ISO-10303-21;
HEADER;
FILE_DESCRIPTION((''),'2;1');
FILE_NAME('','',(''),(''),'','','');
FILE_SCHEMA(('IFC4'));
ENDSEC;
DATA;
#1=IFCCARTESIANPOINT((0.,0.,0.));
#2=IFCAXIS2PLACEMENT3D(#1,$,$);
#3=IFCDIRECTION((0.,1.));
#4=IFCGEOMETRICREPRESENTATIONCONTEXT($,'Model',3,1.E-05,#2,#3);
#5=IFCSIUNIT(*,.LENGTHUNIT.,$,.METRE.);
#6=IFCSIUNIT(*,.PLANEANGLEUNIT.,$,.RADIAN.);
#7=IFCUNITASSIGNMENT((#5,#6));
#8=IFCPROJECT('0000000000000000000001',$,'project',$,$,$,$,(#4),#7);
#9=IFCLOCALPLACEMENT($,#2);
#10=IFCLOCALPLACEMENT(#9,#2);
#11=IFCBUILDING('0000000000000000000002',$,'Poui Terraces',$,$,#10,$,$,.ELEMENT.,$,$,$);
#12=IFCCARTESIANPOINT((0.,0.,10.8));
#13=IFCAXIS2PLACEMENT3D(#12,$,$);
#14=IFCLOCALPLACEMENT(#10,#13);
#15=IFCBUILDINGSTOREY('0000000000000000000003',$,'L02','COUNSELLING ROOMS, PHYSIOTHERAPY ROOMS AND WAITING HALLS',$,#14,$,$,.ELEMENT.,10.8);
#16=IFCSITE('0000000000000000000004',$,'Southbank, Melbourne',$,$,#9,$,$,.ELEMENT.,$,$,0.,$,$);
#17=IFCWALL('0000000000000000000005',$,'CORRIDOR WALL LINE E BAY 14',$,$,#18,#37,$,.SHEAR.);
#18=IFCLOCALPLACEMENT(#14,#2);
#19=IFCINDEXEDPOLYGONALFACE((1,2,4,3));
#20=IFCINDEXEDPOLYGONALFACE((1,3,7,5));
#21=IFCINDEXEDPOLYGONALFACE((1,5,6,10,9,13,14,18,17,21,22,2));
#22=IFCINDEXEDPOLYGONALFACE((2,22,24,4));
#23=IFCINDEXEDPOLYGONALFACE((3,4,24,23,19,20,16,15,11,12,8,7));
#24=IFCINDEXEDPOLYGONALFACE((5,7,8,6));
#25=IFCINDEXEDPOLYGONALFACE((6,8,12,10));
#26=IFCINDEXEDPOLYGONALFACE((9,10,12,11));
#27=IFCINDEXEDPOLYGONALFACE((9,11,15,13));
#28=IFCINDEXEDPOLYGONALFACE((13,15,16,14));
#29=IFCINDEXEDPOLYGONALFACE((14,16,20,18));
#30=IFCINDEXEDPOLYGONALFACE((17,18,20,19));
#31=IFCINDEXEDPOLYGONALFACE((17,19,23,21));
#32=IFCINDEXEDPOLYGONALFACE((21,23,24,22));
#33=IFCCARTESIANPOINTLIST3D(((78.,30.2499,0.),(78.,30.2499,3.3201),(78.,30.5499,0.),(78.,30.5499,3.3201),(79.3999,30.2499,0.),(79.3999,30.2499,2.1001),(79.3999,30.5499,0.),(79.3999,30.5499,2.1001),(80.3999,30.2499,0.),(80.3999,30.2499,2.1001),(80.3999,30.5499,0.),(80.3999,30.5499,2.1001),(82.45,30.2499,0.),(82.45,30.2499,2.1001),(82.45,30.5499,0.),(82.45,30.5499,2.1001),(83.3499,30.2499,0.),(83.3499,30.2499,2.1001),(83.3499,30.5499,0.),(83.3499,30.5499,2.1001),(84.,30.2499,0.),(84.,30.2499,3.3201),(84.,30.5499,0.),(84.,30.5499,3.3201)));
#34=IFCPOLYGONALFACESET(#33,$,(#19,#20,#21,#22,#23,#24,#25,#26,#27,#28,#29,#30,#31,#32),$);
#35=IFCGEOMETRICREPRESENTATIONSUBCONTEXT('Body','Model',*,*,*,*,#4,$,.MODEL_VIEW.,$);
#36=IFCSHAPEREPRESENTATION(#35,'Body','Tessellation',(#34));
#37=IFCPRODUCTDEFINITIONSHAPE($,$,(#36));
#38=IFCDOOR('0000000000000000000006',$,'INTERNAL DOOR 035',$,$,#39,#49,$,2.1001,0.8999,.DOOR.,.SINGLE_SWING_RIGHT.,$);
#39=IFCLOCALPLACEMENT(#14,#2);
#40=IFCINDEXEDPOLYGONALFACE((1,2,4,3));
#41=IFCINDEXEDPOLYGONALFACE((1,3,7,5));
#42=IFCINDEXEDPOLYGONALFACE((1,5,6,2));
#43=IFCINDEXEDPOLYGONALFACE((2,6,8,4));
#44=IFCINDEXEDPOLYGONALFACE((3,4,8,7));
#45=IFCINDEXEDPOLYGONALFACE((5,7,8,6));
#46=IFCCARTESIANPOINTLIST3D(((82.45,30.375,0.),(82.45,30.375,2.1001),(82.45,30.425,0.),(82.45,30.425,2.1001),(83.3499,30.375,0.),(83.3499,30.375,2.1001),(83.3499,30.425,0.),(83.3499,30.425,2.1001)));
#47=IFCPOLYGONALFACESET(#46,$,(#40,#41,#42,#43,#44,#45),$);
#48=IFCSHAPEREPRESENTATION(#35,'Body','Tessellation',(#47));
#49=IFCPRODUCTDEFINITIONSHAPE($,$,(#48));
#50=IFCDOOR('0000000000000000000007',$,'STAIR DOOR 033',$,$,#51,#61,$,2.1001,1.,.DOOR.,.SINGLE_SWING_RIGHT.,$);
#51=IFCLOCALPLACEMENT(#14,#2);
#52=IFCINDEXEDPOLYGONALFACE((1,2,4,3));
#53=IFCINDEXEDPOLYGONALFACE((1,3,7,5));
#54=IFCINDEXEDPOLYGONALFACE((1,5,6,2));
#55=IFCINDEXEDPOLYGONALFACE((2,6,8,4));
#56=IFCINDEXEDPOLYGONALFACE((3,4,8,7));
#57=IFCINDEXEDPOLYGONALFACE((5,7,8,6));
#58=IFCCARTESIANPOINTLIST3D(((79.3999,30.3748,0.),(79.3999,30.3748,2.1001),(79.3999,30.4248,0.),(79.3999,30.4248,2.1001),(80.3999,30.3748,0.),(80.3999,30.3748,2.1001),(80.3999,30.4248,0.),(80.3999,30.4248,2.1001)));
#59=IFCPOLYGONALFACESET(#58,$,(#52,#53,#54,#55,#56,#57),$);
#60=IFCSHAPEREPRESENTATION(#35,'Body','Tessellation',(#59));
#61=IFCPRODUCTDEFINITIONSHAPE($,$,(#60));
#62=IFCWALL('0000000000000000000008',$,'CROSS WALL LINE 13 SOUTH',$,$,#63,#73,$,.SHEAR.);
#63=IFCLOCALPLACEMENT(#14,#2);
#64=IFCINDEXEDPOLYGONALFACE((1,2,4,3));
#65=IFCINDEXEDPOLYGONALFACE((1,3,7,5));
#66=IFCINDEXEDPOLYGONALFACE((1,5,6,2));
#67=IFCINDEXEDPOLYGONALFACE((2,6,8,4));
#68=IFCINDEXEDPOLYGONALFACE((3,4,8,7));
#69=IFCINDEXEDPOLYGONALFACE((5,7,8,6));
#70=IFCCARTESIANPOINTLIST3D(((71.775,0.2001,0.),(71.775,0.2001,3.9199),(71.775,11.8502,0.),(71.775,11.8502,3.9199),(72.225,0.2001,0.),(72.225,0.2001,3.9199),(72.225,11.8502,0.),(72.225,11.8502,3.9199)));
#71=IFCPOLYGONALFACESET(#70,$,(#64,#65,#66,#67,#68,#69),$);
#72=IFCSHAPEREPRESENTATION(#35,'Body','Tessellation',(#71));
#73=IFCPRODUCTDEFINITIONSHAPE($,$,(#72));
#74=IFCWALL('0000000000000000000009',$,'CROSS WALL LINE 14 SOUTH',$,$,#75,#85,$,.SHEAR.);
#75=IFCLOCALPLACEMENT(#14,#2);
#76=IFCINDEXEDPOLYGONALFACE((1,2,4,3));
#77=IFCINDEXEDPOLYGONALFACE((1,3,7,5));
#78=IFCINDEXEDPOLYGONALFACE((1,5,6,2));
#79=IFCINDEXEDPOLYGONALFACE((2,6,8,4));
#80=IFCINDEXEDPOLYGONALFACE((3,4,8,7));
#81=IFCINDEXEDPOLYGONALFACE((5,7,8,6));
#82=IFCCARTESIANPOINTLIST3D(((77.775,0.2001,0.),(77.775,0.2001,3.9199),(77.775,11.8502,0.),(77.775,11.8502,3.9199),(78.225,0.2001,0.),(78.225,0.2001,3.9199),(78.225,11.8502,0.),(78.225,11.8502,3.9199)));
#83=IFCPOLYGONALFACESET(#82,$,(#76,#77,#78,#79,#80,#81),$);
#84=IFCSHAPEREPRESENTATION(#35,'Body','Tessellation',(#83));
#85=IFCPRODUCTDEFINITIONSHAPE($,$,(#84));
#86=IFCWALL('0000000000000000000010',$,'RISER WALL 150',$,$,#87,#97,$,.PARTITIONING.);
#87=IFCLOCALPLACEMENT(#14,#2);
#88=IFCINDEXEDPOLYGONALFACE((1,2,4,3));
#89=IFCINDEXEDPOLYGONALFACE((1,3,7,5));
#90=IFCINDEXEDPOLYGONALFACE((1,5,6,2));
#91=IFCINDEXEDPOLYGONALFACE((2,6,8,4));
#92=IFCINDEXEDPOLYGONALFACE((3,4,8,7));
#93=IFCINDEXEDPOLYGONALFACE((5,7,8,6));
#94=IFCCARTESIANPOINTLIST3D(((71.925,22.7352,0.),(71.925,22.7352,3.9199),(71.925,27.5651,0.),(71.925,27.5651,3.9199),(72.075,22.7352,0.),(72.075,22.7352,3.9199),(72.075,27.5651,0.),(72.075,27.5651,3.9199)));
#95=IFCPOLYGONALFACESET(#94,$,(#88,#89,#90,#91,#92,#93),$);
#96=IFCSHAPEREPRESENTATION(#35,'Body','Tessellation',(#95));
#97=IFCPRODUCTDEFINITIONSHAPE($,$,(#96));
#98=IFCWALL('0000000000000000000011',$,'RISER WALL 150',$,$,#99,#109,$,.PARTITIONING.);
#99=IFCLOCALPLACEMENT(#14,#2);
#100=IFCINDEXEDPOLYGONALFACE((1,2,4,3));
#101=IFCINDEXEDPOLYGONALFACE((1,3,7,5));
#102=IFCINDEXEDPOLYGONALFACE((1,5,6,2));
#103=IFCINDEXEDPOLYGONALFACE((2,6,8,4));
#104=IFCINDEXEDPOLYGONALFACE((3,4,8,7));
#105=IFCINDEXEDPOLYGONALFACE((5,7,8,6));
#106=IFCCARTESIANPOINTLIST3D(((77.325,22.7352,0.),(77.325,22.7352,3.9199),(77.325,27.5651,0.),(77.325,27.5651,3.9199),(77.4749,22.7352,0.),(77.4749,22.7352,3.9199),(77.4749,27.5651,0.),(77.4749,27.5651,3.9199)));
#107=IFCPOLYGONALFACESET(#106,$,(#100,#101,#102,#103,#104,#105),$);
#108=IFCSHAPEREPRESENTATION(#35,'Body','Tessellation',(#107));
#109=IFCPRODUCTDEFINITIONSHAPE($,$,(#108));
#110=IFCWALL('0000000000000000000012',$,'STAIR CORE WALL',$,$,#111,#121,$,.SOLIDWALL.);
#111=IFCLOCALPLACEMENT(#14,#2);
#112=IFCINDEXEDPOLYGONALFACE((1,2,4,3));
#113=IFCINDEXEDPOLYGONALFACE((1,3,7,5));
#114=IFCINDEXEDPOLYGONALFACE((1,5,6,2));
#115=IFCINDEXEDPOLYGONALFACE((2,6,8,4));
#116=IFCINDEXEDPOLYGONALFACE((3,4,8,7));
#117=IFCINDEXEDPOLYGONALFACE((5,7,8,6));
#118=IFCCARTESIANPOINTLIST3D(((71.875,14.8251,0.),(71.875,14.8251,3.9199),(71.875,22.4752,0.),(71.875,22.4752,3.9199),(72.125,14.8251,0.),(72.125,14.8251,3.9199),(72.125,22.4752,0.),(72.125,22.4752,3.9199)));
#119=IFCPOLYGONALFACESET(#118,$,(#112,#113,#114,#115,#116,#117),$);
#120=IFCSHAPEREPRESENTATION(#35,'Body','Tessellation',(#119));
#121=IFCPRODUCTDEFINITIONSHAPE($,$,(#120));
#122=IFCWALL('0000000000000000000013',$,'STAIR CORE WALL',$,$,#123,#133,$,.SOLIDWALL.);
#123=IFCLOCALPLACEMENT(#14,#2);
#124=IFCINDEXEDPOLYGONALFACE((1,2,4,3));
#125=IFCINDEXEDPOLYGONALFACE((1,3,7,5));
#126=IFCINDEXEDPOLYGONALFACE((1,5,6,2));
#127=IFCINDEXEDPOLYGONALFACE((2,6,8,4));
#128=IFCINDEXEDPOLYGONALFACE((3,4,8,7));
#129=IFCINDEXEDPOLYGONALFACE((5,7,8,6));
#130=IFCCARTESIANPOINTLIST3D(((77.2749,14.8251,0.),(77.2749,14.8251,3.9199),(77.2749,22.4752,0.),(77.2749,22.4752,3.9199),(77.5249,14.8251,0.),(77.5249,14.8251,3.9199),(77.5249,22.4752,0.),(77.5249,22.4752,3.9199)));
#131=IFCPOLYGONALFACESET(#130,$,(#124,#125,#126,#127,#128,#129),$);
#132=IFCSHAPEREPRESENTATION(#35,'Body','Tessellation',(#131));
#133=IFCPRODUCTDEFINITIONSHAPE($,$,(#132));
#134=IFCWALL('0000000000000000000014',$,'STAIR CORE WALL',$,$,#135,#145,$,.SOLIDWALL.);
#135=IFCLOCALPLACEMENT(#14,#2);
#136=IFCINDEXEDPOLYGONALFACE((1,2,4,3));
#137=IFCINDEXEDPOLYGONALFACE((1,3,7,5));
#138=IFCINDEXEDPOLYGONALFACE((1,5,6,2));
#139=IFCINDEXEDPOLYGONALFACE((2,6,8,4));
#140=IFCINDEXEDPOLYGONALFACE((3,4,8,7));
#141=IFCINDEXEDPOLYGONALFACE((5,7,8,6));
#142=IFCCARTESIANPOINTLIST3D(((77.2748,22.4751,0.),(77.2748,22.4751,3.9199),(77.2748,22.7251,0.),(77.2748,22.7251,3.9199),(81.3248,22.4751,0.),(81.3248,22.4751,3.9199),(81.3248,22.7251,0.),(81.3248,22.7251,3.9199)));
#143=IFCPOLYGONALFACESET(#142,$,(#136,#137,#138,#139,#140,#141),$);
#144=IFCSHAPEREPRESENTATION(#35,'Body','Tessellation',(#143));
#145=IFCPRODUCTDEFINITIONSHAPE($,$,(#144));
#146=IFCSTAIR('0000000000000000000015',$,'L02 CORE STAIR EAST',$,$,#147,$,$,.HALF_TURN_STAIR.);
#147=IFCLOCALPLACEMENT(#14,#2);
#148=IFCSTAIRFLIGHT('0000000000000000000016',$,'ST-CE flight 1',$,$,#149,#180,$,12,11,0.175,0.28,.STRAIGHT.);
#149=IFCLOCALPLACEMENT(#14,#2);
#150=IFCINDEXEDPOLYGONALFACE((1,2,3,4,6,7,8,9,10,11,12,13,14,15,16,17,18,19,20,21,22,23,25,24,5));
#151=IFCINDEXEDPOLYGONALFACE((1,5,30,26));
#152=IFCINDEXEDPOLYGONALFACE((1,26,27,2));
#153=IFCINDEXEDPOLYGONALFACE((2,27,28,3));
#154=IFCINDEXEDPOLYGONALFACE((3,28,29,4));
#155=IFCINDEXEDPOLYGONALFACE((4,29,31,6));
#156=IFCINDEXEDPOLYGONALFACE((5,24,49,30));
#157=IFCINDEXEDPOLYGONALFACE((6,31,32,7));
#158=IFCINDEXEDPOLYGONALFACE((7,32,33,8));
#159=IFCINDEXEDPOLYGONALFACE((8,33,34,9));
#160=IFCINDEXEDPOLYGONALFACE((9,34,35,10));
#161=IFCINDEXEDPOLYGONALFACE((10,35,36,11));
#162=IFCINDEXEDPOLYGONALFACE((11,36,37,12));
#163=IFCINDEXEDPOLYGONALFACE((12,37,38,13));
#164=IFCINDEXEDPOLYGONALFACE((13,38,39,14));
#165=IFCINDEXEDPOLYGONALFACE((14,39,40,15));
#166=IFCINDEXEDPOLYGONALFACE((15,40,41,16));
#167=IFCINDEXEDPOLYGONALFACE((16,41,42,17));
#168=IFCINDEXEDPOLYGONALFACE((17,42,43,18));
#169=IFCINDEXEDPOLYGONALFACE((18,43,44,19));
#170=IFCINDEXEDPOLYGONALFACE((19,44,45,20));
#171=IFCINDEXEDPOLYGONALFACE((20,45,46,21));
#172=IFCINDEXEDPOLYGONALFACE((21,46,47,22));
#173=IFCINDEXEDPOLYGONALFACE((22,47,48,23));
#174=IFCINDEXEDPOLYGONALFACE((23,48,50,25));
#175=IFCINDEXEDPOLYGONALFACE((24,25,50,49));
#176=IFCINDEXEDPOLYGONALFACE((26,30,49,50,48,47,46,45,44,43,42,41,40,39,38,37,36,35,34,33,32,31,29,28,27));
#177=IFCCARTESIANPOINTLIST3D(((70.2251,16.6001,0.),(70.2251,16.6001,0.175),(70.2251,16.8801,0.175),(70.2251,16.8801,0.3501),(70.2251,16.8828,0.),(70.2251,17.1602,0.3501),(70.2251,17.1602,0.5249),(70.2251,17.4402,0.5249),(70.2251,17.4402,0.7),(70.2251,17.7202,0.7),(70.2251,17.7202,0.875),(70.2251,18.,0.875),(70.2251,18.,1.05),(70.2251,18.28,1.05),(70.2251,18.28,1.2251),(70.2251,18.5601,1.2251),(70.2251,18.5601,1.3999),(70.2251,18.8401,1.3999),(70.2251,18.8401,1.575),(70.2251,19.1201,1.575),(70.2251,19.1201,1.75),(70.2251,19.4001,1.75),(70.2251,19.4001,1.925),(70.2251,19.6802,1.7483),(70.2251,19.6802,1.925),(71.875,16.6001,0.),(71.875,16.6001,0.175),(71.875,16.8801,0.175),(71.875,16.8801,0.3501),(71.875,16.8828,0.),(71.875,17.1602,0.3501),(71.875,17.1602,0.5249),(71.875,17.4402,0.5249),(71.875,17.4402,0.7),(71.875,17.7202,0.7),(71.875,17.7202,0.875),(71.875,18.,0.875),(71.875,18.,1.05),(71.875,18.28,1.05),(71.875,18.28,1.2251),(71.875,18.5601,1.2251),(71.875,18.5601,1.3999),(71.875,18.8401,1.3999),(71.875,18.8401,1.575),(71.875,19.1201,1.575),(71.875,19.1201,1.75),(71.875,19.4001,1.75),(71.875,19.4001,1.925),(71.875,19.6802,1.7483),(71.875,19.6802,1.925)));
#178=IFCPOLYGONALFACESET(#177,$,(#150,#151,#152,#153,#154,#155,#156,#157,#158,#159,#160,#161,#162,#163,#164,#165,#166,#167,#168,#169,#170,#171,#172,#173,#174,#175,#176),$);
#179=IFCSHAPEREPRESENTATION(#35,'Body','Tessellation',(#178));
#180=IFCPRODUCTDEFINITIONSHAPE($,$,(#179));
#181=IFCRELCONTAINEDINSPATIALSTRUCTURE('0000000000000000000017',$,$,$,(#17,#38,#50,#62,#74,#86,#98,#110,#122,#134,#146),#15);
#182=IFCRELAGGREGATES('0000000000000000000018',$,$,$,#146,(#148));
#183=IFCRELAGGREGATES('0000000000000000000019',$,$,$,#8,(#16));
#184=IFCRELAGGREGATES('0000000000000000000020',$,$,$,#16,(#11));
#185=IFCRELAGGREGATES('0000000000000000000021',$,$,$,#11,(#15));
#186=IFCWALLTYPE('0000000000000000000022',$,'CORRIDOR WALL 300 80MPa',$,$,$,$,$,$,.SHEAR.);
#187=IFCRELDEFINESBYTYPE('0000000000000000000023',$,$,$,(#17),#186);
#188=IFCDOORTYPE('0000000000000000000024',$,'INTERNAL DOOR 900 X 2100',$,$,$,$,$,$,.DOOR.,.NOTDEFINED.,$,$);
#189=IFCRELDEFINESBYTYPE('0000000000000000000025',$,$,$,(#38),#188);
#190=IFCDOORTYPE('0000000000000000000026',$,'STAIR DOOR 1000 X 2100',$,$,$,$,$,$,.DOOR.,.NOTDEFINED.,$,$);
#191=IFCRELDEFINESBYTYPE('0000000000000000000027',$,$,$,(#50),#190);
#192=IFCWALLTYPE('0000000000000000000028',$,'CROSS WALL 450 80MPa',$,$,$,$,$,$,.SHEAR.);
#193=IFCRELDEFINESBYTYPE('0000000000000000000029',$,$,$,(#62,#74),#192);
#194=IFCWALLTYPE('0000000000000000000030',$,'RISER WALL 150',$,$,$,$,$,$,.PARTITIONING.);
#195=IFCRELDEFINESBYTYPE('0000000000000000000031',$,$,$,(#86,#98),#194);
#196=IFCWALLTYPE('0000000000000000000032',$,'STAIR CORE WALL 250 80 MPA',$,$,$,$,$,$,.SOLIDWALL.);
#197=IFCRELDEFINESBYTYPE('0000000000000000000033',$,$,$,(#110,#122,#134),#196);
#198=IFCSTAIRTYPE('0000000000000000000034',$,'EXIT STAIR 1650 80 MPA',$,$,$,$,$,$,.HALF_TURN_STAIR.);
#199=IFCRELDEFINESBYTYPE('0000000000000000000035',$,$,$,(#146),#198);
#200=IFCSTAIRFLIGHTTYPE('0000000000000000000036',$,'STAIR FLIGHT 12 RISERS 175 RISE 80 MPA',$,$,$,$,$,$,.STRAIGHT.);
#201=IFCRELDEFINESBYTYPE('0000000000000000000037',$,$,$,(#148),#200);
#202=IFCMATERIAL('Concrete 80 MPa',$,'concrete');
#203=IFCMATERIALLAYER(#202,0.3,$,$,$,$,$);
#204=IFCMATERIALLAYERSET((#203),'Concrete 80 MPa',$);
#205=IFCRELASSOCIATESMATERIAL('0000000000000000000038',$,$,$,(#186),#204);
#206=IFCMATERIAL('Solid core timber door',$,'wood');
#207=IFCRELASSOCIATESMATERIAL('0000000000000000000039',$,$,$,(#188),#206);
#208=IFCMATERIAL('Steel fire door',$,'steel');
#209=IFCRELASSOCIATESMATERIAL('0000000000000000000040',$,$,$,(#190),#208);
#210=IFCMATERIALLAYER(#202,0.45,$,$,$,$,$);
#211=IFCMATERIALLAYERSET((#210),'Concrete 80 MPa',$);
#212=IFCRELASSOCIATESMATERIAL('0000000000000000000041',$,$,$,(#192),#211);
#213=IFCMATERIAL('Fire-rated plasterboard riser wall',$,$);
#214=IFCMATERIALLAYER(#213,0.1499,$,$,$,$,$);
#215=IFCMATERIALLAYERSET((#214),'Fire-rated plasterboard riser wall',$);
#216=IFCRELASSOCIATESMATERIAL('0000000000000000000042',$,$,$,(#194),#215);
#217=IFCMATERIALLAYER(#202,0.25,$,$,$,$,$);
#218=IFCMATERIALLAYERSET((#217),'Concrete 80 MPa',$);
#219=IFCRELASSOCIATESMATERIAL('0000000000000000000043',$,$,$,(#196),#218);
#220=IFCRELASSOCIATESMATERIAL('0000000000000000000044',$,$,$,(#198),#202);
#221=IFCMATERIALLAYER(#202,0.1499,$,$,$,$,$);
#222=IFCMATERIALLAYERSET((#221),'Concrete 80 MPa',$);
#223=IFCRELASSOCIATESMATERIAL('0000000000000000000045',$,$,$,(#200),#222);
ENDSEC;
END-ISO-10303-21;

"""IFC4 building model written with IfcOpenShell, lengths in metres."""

from ifc_helpers import new_model, si_unit, direction, frame, frame_2d, origin, place, context, subcontext, project, spatial, polyline, rectangle, outline, extrude, material, layer, layer_set, type_object, element, fill, aggregate, save


model = new_model("IFC4")

# Units and contexts
model_context = context("Model", 3, precision=1e-05, world=origin(), true_north=direction((0.0, 1.0)))
body_context = subcontext(model_context, "Body", "Model", "MODEL_VIEW")
ifc_project = project(units=[si_unit("LENGTHUNIT", "METRE"), si_unit("PLANEANGLEUNIT", "RADIAN")], contexts=[model_context])

# Site, building, storey
site_placement = place(None, origin())
site = spatial("IfcSite", under=ifc_project, at=site_placement, Name="Southbank, Melbourne", CompositionType="ELEMENT", RefElevation=0.0)
building_placement = place(site_placement, origin())
building = spatial("IfcBuilding", under=site, at=building_placement, Name="Poui Terraces", CompositionType="ELEMENT")
storey_placement = place(building_placement, frame((0.0, 0.0, 10.8)))
storey = spatial("IfcBuildingStorey", under=building, at=storey_placement, Name="L02", Description="COUNSELLING ROOMS, PHYSIOTHERAPY ROOMS AND WAITING HALLS", CompositionType="ELEMENT", Elevation=10.8)

# Shared definitions
ifc_material_1 = material(Name="Concrete 80 MPa", Category="concrete")

# Shared definitions
ifc_layer_1 = layer(ifc_material_1, 0.3)
ifc_layer_set_1 = layer_set([ifc_layer_1], Name="Concrete 80 MPa")
wall_type_1 = type_object("IfcWallType", Name="CORRIDOR WALL 300 80MPa", PredefinedType="SHEAR", material=ifc_layer_set_1)
ifc_material_2 = material(Name="Steel fire door", Category="steel")
ifc_material_3 = material(Name="Solid core timber door", Category="wood")
door_type_1 = type_object("IfcDoorType", Name="INTERNAL DOOR 900 X 2100", OperationType="NOTDEFINED", PredefinedType="DOOR", material=ifc_material_3)

# Wall, openings, doors
wall_1_placement = place(storey_placement, frame((78.0, 30.3999, 0.0), z_axis=(0.0, 0.0, 1.0), x_axis=(1.0, 0.0, 0.0)))
wall_1 = element("IfcWall", 1, at=wall_1_placement, inside=storey, type_object=wall_type_1, Name="CORRIDOR WALL LINE E BAY 14", PredefinedType="SHEAR", context=body_context, shape_type="SweptSolid", body=[
    extrude(rectangle(XDim=6.0, YDim=0.3, at=frame_2d((3.0, 0.0))), origin(), (0.0, 0.0, 1.0), 3.3201),
])
opening_1_placement = place(wall_1_placement, frame((1.3999, 0.0, 0.0)))
opening_1 = element("IfcOpeningElement", 2, at=opening_1_placement, cuts=wall_1, PredefinedType="OPENING", context=body_context, shape_type="SweptSolid", body=[
    extrude(rectangle(XDim=1.0, YDim=2.1001, at=frame_2d((0.5, 1.05))), frame((0.0, 0.1602, 0.0), z_axis=(0.0, -1.0, 0.0), x_axis=(1.0, 0.0, 0.0)), (0.0, 0.0, 1.0), 0.3201),
])
opening_2_placement = place(wall_1_placement, frame((4.45, 0.0, 0.0)))
opening_2 = element("IfcOpeningElement", 3, at=opening_2_placement, cuts=wall_1, PredefinedType="OPENING", context=body_context, shape_type="SweptSolid", body=[
    extrude(rectangle(XDim=0.8999, YDim=2.1001, at=frame_2d((0.45, 1.05))), frame((0.0, 0.1602, 0.0), z_axis=(0.0, -1.0, 0.0), x_axis=(1.0, 0.0, 0.0)), (0.0, 0.0, 1.0), 0.3201),
])
door_1_placement = place(opening_2_placement, frame((0.8999, 0.0, 0.0), z_axis=(0.0, 0.0, 1.0), x_axis=(-1.0, 0.0, 0.0)))
door_1 = element("IfcDoor", 4, at=door_1_placement, inside=storey, type_object=door_type_1, Name="INTERNAL DOOR 035", OperationType="SINGLE_SWING_RIGHT", OverallHeight=2.1001, OverallWidth=0.8999, PredefinedType="DOOR", context=body_context, shape_type="SweptSolid", body=[
    extrude(rectangle(XDim=0.8999, YDim=2.1001, at=frame_2d((0.45, 1.05))), frame((0.0, 0.0249, 0.0), z_axis=(0.0, -1.0, 0.0), x_axis=(1.0, 0.0, 0.0)), (0.0, 0.0, 1.0), 0.05),
])
fill(opening_2, door_1)
door_type_2 = type_object("IfcDoorType", Name="STAIR DOOR 1000 X 2100", OperationType="NOTDEFINED", PredefinedType="DOOR", material=ifc_material_2)
door_2_placement = place(opening_1_placement, origin())
door_2 = element("IfcDoor", 5, at=door_2_placement, inside=storey, type_object=door_type_2, Name="STAIR DOOR 033", OperationType="SINGLE_SWING_RIGHT", OverallHeight=2.1001, OverallWidth=1.0, PredefinedType="DOOR", context=body_context, shape_type="SweptSolid", body=[
    extrude(rectangle(XDim=1.0, YDim=2.1001, at=frame_2d((0.5, 1.05))), frame((0.0, 0.0249, 0.0), z_axis=(0.0, -1.0, 0.0), x_axis=(1.0, 0.0, 0.0)), (0.0, 0.0, 1.0), 0.05),
])
fill(opening_1, door_2)

# Walls
ifc_layer_2 = layer(ifc_material_1, 0.45)
ifc_layer_set_2 = layer_set([ifc_layer_2], Name="Concrete 80 MPa")
wall_type_2 = type_object("IfcWallType", Name="CROSS WALL 450 80MPa", PredefinedType="SHEAR", material=ifc_layer_set_2)
for number, where, z_axis, x_axis, name in (
    (6, (72.0, 0.2, 0.0), (0.0, 0.0, 1.0), (0.0, 1.0, 0.0), "CROSS WALL LINE 13 SOUTH"),
    (7, (78.0, 0.2, 0.0), (0.0, 0.0, 1.0), (0.0, 1.0, 0.0), "CROSS WALL LINE 14 SOUTH"),
):
    element("IfcWall", number, at=place(storey_placement, frame(where, z_axis=z_axis, x_axis=x_axis)), inside=storey, type_object=wall_type_2, Name=name, PredefinedType="SHEAR", context=body_context, shape_type="SweptSolid", body=[
        extrude(rectangle(XDim=11.6501, YDim=0.45, at=frame_2d((5.8252, 0.0))), origin(), (0.0, 0.0, 1.0), 3.9199),
    ])
ifc_material_4 = material(Name="Fire-rated plasterboard riser wall")
ifc_layer_3 = layer(ifc_material_4, 0.1499)
ifc_layer_set_3 = layer_set([ifc_layer_3], Name="Fire-rated plasterboard riser wall")
wall_type_3 = type_object("IfcWallType", Name="RISER WALL 150", PredefinedType="PARTITIONING", material=ifc_layer_set_3)
for number, where, z_axis, x_axis, name in (
    (8, (72.0, 22.7351, 0.0), (0.0, 0.0, 1.0), (0.0, 1.0, 0.0), "RISER WALL 150"),
    (9, (77.3999, 22.7351, 0.0), (0.0, 0.0, 1.0), (0.0, 1.0, 0.0), "RISER WALL 150"),
):
    element("IfcWall", number, at=place(storey_placement, frame(where, z_axis=z_axis, x_axis=x_axis)), inside=storey, type_object=wall_type_3, Name=name, PredefinedType="PARTITIONING", context=body_context, shape_type="SweptSolid", body=[
        extrude(rectangle(XDim=4.8298, YDim=0.1499, at=frame_2d((2.415, 0.0))), origin(), (0.0, 0.0, 1.0), 3.9199),
    ])
ifc_layer_4 = layer(ifc_material_1, 0.25)
ifc_layer_set_4 = layer_set([ifc_layer_4], Name="Concrete 80 MPa")
wall_type_4 = type_object("IfcWallType", Name="STAIR CORE WALL 250 80 MPA", PredefinedType="SOLIDWALL", material=ifc_layer_set_4)
for number, where, z_axis, x_axis, name in (
    (10, (72.0, 14.825, 0.0), (0.0, 0.0, 1.0), (0.0, 1.0, 0.0), "STAIR CORE WALL"),
    (11, (77.3999, 14.825, 0.0), (0.0, 0.0, 1.0), (0.0, 1.0, 0.0), "STAIR CORE WALL"),
):
    element("IfcWall", number, at=place(storey_placement, frame(where, z_axis=z_axis, x_axis=x_axis)), inside=storey, type_object=wall_type_4, Name=name, PredefinedType="SOLIDWALL", context=body_context, shape_type="SweptSolid", body=[
        extrude(rectangle(XDim=7.6501, YDim=0.25, at=frame_2d((3.8252, 0.0))), origin(), (0.0, 0.0, 1.0), 3.9199),
    ])
wall_2_placement = place(storey_placement, frame((77.2749, 22.6001, 0.0), z_axis=(0.0, 0.0, 1.0), x_axis=(1.0, 0.0, 0.0)))
element("IfcWall", 12, at=wall_2_placement, inside=storey, type_object=wall_type_4, Name="STAIR CORE WALL", PredefinedType="SOLIDWALL", context=body_context, shape_type="SweptSolid", body=[
    extrude(rectangle(XDim=4.05, YDim=0.25, at=frame_2d((2.0249, 0.0))), origin(), (0.0, 0.0, 1.0), 3.9199),
])

# Stair, stair flight
stair_type = type_object("IfcStairType", Name="EXIT STAIR 1650 80 MPA", PredefinedType="HALF_TURN_STAIR", material=ifc_material_1)
stair_1_placement = place(storey_placement, origin())
stair_1 = element("IfcStair", 13, at=stair_1_placement, inside=storey, type_object=stair_type, Name="L02 CORE STAIR EAST", PredefinedType="HALF_TURN_STAIR")
ifc_layer_5 = layer(ifc_material_1, 0.1499)
ifc_layer_set_5 = layer_set([ifc_layer_5], Name="Concrete 80 MPa")
stair_flight_type = type_object("IfcStairFlightType", Name="STAIR FLIGHT 12 RISERS 175 RISE 80 MPA", PredefinedType="STRAIGHT", material=ifc_layer_set_5)
stair_flight_1_placement = place(storey_placement, frame((71.05, 16.6001, 0.0), z_axis=(0.0, 0.0, 1.0), x_axis=(0.0, 1.0, 0.0)))
stair_flight_1 = element("IfcStairFlight", 14, at=stair_flight_1_placement, type_object=stair_flight_type, Name="ST-CE flight 1", NumberOfRisers=12, NumberOfTreads=11, PredefinedType="STRAIGHT", RiserHeight=0.175, TreadLength=0.28, context=body_context, shape_type="SweptSolid", body=[
    extrude(outline(polyline([(0.0, 0.0), (0.0, 0.175), (0.28, 0.175), (0.28, 0.3501), (0.5601, 0.3501), (0.5601, 0.5249), (0.8401, 0.5249), (0.8401, 0.7), (1.1201, 0.7), (1.1201, 0.875), (1.3999, 0.875), (1.3999, 1.05), (1.6799, 1.05), (1.6799, 1.2251), (1.96, 1.2251), (1.96, 1.3999), (2.24, 1.3999), (2.24, 1.575), (2.52, 1.575), (2.52, 1.75), (2.8, 1.75), (2.8, 1.925), (3.0801, 1.925), (3.0801, 2.1001), (3.0801, 1.7483), (0.2827, 0.0), (0.0, 0.0)])), frame((0.0, 0.825, 0.0), z_axis=(0.0, -1.0, 0.0), x_axis=(1.0, 0.0, 0.0)), (0.0, 0.0, 1.0), 1.6499),
])
aggregate(stair_1, [stair_flight_1])

save(model, "model.ifc")
